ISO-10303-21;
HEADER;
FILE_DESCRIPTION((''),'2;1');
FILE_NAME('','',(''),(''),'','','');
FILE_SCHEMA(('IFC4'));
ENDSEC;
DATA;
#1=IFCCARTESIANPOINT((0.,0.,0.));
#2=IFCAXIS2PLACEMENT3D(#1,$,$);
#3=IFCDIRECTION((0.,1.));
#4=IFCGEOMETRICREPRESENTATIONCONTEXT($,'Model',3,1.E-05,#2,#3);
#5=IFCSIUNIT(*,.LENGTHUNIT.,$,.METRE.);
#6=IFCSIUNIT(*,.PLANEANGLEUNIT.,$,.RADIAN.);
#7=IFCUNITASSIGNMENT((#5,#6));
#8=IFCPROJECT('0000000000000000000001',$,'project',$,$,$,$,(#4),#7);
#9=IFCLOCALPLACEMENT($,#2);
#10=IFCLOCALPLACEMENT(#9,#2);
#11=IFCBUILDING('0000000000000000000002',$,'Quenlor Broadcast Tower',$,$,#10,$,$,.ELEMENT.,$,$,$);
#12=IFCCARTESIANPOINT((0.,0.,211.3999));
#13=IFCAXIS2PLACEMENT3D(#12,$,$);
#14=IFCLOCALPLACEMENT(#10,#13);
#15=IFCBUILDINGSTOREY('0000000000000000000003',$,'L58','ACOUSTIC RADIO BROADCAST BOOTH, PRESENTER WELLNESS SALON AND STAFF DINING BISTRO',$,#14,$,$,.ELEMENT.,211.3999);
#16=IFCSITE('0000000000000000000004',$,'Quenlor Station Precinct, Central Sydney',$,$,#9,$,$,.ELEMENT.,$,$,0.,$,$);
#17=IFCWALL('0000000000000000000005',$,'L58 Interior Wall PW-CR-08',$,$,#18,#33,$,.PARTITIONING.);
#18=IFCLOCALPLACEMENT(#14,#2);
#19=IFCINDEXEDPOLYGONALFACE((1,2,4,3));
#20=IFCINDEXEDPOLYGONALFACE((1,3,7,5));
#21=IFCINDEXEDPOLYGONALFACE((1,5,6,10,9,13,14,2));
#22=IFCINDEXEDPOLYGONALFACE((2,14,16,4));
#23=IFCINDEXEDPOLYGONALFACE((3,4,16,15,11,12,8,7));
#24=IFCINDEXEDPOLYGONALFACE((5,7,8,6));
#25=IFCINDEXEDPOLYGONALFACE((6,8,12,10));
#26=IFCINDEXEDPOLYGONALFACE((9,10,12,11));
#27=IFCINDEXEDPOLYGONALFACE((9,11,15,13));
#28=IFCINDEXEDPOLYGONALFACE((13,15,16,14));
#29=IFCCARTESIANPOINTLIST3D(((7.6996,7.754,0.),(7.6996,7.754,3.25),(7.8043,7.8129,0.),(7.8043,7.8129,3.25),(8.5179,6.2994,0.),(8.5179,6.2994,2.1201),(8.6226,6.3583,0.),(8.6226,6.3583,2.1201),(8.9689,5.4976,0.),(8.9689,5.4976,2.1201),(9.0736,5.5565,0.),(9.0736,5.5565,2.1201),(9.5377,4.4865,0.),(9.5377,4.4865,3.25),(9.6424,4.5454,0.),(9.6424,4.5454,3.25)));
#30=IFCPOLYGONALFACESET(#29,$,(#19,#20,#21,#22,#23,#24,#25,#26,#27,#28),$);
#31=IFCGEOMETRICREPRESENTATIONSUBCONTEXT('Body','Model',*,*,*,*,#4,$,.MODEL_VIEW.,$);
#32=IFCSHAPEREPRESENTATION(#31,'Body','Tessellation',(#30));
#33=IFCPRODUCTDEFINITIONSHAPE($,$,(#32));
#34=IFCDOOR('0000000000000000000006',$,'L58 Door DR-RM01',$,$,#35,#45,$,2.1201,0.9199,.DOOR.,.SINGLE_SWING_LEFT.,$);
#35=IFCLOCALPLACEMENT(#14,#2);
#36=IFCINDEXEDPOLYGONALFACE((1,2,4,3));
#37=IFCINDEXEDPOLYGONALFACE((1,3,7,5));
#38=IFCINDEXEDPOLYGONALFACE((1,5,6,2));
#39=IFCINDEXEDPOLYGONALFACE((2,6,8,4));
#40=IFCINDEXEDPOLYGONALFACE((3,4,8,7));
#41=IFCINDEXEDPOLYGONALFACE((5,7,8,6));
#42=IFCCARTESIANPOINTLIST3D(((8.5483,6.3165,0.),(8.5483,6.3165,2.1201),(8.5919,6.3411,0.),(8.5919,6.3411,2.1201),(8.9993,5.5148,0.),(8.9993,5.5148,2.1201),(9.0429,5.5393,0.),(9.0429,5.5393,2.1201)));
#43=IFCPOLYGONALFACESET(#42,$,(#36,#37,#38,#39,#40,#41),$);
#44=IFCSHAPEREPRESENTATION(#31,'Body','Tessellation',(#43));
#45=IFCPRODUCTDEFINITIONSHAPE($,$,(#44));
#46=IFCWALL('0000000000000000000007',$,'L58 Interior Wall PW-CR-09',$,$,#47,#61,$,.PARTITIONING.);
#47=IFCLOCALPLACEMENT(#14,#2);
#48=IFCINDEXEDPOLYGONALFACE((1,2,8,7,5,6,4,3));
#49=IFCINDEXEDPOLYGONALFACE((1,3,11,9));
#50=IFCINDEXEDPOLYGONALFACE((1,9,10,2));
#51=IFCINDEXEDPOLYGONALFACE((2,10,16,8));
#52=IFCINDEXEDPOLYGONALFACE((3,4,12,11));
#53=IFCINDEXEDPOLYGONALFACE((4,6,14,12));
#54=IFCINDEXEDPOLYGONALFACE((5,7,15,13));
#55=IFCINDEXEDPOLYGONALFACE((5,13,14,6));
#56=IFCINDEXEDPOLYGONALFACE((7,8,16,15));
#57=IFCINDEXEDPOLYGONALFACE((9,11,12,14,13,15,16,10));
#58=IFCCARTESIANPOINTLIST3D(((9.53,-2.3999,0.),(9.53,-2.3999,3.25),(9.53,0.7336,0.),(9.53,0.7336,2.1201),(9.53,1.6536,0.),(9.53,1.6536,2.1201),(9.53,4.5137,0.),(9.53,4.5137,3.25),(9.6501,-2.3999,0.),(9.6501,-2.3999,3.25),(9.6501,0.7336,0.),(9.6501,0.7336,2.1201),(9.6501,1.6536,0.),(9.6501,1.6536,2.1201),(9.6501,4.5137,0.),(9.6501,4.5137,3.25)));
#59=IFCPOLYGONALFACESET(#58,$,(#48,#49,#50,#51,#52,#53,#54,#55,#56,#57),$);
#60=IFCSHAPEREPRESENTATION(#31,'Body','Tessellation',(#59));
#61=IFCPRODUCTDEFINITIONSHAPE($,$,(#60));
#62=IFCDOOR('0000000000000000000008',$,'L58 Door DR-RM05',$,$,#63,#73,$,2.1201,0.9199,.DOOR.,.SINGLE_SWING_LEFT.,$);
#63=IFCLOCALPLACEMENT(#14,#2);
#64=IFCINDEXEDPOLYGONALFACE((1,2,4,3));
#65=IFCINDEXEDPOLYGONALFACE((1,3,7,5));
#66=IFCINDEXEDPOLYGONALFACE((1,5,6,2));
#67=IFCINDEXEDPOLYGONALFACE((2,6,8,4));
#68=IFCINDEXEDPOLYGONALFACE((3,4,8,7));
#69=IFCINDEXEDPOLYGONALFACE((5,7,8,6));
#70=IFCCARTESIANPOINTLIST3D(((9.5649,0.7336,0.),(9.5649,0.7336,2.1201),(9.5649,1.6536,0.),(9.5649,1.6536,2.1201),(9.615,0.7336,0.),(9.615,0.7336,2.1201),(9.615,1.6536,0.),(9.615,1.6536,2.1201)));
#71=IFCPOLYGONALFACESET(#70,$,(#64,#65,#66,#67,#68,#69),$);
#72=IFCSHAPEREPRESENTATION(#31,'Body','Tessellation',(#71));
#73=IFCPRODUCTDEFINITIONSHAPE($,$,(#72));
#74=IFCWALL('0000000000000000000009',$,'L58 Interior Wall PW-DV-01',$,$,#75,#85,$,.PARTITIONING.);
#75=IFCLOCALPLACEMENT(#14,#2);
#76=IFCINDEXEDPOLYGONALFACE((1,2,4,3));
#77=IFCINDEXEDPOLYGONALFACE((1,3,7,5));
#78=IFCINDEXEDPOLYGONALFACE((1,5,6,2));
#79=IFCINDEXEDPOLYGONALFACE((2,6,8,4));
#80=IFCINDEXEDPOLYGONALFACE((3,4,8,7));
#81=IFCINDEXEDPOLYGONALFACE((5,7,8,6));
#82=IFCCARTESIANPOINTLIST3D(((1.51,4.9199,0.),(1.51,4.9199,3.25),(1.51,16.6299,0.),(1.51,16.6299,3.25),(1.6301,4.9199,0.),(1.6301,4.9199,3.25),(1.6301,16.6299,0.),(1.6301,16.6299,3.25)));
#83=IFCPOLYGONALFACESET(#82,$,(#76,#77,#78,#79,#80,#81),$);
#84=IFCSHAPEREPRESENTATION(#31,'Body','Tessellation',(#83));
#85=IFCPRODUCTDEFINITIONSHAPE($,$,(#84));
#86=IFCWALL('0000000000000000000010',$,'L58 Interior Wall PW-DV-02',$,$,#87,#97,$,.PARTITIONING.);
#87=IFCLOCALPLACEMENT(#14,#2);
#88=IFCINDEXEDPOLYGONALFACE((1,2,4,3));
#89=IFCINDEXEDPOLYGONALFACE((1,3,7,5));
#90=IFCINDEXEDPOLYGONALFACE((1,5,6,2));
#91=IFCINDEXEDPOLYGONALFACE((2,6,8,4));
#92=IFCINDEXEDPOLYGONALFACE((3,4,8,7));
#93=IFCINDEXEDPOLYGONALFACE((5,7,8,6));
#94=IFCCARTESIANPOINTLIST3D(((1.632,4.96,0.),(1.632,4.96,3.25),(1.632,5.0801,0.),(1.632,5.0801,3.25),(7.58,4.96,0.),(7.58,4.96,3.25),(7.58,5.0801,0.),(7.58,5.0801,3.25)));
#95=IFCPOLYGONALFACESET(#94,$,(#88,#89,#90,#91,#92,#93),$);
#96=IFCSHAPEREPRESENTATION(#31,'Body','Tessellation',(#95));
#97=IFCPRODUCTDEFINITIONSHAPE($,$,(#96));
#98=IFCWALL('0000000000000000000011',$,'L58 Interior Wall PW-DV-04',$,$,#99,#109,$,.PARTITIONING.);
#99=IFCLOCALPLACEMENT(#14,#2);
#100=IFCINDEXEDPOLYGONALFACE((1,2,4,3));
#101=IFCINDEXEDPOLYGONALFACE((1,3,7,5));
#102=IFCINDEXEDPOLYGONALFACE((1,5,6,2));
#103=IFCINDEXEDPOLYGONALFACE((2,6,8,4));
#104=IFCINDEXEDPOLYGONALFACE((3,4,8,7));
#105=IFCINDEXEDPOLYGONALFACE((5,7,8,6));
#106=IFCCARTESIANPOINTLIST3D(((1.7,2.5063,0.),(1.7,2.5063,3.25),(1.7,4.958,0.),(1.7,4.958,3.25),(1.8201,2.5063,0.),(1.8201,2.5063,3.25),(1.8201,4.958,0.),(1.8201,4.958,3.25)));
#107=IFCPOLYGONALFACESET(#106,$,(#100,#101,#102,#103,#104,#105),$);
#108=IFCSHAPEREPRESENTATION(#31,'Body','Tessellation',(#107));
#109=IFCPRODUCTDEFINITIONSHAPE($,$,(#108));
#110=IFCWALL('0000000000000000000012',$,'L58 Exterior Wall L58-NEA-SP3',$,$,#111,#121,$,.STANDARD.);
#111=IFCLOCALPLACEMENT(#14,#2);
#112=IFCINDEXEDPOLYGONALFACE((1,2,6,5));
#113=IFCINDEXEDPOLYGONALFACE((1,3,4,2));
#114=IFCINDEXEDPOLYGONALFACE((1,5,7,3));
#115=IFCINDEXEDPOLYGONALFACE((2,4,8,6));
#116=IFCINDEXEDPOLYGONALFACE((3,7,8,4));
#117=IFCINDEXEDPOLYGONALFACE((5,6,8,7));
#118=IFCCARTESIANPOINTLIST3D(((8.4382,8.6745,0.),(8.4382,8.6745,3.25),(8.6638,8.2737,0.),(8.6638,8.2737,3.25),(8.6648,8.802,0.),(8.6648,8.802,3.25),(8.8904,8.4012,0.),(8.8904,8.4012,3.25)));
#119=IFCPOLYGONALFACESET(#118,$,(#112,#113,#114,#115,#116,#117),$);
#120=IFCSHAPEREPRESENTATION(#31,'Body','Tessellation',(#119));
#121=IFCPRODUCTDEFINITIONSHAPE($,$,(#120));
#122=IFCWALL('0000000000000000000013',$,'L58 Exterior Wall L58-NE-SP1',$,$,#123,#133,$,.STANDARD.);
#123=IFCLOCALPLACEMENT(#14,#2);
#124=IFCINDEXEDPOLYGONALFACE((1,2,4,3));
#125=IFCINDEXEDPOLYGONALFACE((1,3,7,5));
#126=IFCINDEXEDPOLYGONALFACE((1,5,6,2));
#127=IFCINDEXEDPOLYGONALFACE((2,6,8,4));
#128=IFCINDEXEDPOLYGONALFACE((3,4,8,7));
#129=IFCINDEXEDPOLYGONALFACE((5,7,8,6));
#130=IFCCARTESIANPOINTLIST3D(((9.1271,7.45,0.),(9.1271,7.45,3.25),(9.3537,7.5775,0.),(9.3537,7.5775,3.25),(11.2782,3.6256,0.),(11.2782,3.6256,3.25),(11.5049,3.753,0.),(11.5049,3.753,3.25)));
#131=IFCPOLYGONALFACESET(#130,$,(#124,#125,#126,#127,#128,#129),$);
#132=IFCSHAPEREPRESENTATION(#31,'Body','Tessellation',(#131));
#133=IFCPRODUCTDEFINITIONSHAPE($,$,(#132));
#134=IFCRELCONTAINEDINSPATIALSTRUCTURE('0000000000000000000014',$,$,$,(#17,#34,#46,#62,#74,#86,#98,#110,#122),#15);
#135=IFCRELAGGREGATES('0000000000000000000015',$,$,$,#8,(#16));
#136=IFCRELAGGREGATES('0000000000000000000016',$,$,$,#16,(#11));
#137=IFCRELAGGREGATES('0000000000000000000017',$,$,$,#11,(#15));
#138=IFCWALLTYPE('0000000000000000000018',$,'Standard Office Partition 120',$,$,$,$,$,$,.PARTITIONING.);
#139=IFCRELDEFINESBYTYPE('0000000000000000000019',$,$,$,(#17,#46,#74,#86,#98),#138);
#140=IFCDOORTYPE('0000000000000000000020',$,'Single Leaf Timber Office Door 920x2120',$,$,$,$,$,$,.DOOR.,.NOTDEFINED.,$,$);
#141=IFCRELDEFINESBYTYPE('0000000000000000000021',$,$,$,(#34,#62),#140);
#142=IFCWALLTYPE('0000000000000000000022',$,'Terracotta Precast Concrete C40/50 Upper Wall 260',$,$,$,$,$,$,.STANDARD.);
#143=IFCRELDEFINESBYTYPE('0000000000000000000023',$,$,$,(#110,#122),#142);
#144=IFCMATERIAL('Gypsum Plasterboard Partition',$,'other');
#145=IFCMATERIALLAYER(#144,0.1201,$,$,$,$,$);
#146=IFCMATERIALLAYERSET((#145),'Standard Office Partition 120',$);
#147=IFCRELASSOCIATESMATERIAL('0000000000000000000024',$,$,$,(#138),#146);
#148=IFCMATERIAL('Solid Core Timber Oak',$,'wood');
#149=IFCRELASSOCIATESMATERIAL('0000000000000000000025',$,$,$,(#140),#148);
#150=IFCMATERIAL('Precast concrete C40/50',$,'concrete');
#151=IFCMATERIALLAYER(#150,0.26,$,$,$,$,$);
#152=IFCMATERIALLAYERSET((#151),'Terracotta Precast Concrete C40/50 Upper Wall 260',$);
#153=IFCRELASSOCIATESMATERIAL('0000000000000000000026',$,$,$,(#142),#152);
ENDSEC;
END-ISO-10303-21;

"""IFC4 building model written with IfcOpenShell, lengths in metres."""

from ifc_helpers import new_model, si_unit, direction, frame, frame_2d, origin, place, context, subcontext, project, spatial, rectangle, extrude, material, layer, layer_set, type_object, element, fill, save


model = new_model("IFC4")

# Units and contexts
model_context = context("Model", 3, precision=1e-05, world=origin(), true_north=direction((0.0, 1.0)))
body_context = subcontext(model_context, "Body", "Model", "MODEL_VIEW")
ifc_project = project(units=[si_unit("LENGTHUNIT", "METRE"), si_unit("PLANEANGLEUNIT", "RADIAN")], contexts=[model_context])

# Site, building, storey
site_placement = place(None, origin())
site = spatial("IfcSite", under=ifc_project, at=site_placement, Name="Quenlor Station Precinct, Central Sydney", CompositionType="ELEMENT", RefElevation=0.0)
building_placement = place(site_placement, origin())
building = spatial("IfcBuilding", under=site, at=building_placement, Name="Quenlor Broadcast Tower", CompositionType="ELEMENT")
storey_placement = place(building_placement, frame((0.0, 0.0, 211.3999)))
storey = spatial("IfcBuildingStorey", under=building, at=storey_placement, Name="L58", Description="ACOUSTIC RADIO BROADCAST BOOTH, PRESENTER WELLNESS SALON AND STAFF DINING BISTRO", CompositionType="ELEMENT", Elevation=211.3999)

# Walls, openings, doors
ifc_material_1 = material(Name="Gypsum Plasterboard Partition", Category="other")
ifc_layer_1 = layer(ifc_material_1, 0.1201)
ifc_layer_set_1 = layer_set([ifc_layer_1], Name="Standard Office Partition 120")
wall_type_1 = type_object("IfcWallType", Name="Standard Office Partition 120", PredefinedType="PARTITIONING", material=ifc_layer_set_1)
wall_1_placement = place(storey_placement, frame((7.752, 7.7834, 0.0), z_axis=(0.0, 0.0, 1.0), x_axis=(0.490286, -0.871562, 0.0)))
wall_1 = element("IfcWall", 1, at=wall_1_placement, inside=storey, type_object=wall_type_1, Name="L58 Interior Wall PW-CR-08", PredefinedType="PARTITIONING", context=body_context, shape_type="SweptSolid", body=[
    extrude(rectangle(XDim=3.749, YDim=0.1201, at=frame_2d((1.8745, 0.0))), origin(), (0.0, 0.0, 1.0), 3.25),
])
opening_1_placement = place(wall_1_placement, frame((1.6689, 0.0, 0.0)))
opening_1 = element("IfcOpeningElement", 2, at=opening_1_placement, cuts=wall_1, PredefinedType="OPENING", context=body_context, shape_type="SweptSolid", body=[
    extrude(rectangle(XDim=0.9199, YDim=2.1201, at=frame_2d((0.46, 1.0601))), frame((0.0, 0.0701, 0.0), z_axis=(0.0, -1.0, 0.0), x_axis=(1.0, 0.0, 0.0)), (0.0, 0.0, 1.0), 0.1401),
])
ifc_material_2 = material(Name="Solid Core Timber Oak", Category="wood")
door_type = type_object("IfcDoorType", Name="Single Leaf Timber Office Door 920x2120", OperationType="NOTDEFINED", PredefinedType="DOOR", material=ifc_material_2)
door_1_placement = place(opening_1_placement, origin())
door_1 = element("IfcDoor", 3, at=door_1_placement, inside=storey, type_object=door_type, Name="L58 Door DR-RM01", OperationType="SINGLE_SWING_LEFT", OverallHeight=2.1201, OverallWidth=0.9199, PredefinedType="DOOR", context=body_context, shape_type="SweptSolid", body=[
    extrude(rectangle(XDim=0.9199, YDim=2.1201, at=frame_2d((0.46, 1.0601))), frame((0.0, 0.0249, 0.0), z_axis=(0.0, -1.0, 0.0), x_axis=(1.0, 0.0, 0.0)), (0.0, 0.0, 1.0), 0.05),
])
fill(opening_1, door_1)
wall_2_placement = place(storey_placement, frame((9.5901, 4.5137, 0.0), z_axis=(0.0, 0.0, 1.0), x_axis=(0.0, -1.0, 0.0)))
wall_2 = element("IfcWall", 4, at=wall_2_placement, inside=storey, type_object=wall_type_1, Name="L58 Interior Wall PW-CR-09", PredefinedType="PARTITIONING", context=body_context, shape_type="SweptSolid", body=[
    extrude(rectangle(XDim=6.9136, YDim=0.1201, at=frame_2d((3.4568, 0.0))), origin(), (0.0, 0.0, 1.0), 3.25),
])
opening_2_placement = place(wall_2_placement, frame((2.8601, 0.0, 0.0)))
opening_2 = element("IfcOpeningElement", 5, at=opening_2_placement, cuts=wall_2, PredefinedType="OPENING", context=body_context, shape_type="SweptSolid", body=[
    extrude(rectangle(XDim=0.9199, YDim=2.1201, at=frame_2d((0.46, 1.0601))), frame((0.0, 0.0701, 0.0), z_axis=(0.0, -1.0, 0.0), x_axis=(1.0, 0.0, 0.0)), (0.0, 0.0, 1.0), 0.1401),
])
door_2_placement = place(opening_2_placement, origin())
door_2 = element("IfcDoor", 6, at=door_2_placement, inside=storey, type_object=door_type, Name="L58 Door DR-RM05", OperationType="SINGLE_SWING_LEFT", OverallHeight=2.1201, OverallWidth=0.9199, PredefinedType="DOOR", context=body_context, shape_type="SweptSolid", body=[
    extrude(rectangle(XDim=0.9199, YDim=2.1201, at=frame_2d((0.46, 1.0601))), frame((0.0, 0.0249, 0.0), z_axis=(0.0, -1.0, 0.0), x_axis=(1.0, 0.0, 0.0)), (0.0, 0.0, 1.0), 0.05),
])
fill(opening_2, door_2)

# Walls
wall_3_placement = place(storey_placement, frame((1.5701, 4.9199, 0.0), z_axis=(0.0, 0.0, 1.0), x_axis=(0.0, 1.0, 0.0)))
element("IfcWall", 7, at=wall_3_placement, inside=storey, type_object=wall_type_1, Name="L58 Interior Wall PW-DV-01", PredefinedType="PARTITIONING", context=body_context, shape_type="SweptSolid", body=[
    extrude(rectangle(XDim=11.71, YDim=0.1201, at=frame_2d((5.855, 0.0))), origin(), (0.0, 0.0, 1.0), 3.25),
])
wall_4_placement = place(storey_placement, frame((7.5801, 5.02, 0.0), z_axis=(0.0, 0.0, 1.0), x_axis=(-1.0, 0.0, 0.0)))
element("IfcWall", 8, at=wall_4_placement, inside=storey, type_object=wall_type_1, Name="L58 Interior Wall PW-DV-02", PredefinedType="PARTITIONING", context=body_context, shape_type="SweptSolid", body=[
    extrude(rectangle(XDim=5.948, YDim=0.1201, at=frame_2d((2.9741, 0.0))), origin(), (0.0, 0.0, 1.0), 3.25),
])
wall_5_placement = place(storey_placement, frame((1.76, 4.958, 0.0), z_axis=(0.0, 0.0, 1.0), x_axis=(0.0, -1.0, 0.0)))
element("IfcWall", 9, at=wall_5_placement, inside=storey, type_object=wall_type_1, Name="L58 Interior Wall PW-DV-04", PredefinedType="PARTITIONING", context=body_context, shape_type="SweptSolid", body=[
    extrude(rectangle(XDim=2.4517, YDim=0.1201, at=frame_2d((1.2258, 0.0))), origin(), (0.0, 0.0, 1.0), 3.25),
])
ifc_material_3 = material(Name="Precast concrete C40/50", Category="concrete")
ifc_layer_2 = layer(ifc_material_3, 0.26)
ifc_layer_set_2 = layer_set([ifc_layer_2], Name="Terracotta Precast Concrete C40/50 Upper Wall 260")
wall_type_2 = type_object("IfcWallType", Name="Terracotta Precast Concrete C40/50 Upper Wall 260", PredefinedType="STANDARD", material=ifc_layer_set_2)
wall_6_placement = place(storey_placement, frame((8.5515, 8.7383, 0.0), z_axis=(0.0, 0.0, 1.0), x_axis=(0.490412, -0.87149, 0.0)))
element("IfcWall", 10, at=wall_6_placement, inside=storey, type_object=wall_type_2, Name="L58 Exterior Wall L58-NEA-SP3", PredefinedType="STANDARD", context=body_context, shape_type="SweptSolid", body=[
    extrude(rectangle(XDim=0.46, YDim=0.26, at=frame_2d((0.23, 0.0))), origin(), (0.0, 0.0, 1.0), 3.25),
])
wall_7_placement = place(storey_placement, frame((9.2405, 7.5137, 0.0), z_axis=(0.0, 0.0, 1.0), x_axis=(0.490237, -0.871589, 0.0)))
element("IfcWall", 11, at=wall_7_placement, inside=storey, type_object=wall_type_2, Name="L58 Exterior Wall L58-NE-SP1", PredefinedType="STANDARD", context=body_context, shape_type="SweptSolid", body=[
    extrude(rectangle(XDim=4.3879, YDim=0.26, at=frame_2d((2.1938, 0.0))), origin(), (0.0, 0.0, 1.0), 3.25),
])

save(model, "model.ifc")
